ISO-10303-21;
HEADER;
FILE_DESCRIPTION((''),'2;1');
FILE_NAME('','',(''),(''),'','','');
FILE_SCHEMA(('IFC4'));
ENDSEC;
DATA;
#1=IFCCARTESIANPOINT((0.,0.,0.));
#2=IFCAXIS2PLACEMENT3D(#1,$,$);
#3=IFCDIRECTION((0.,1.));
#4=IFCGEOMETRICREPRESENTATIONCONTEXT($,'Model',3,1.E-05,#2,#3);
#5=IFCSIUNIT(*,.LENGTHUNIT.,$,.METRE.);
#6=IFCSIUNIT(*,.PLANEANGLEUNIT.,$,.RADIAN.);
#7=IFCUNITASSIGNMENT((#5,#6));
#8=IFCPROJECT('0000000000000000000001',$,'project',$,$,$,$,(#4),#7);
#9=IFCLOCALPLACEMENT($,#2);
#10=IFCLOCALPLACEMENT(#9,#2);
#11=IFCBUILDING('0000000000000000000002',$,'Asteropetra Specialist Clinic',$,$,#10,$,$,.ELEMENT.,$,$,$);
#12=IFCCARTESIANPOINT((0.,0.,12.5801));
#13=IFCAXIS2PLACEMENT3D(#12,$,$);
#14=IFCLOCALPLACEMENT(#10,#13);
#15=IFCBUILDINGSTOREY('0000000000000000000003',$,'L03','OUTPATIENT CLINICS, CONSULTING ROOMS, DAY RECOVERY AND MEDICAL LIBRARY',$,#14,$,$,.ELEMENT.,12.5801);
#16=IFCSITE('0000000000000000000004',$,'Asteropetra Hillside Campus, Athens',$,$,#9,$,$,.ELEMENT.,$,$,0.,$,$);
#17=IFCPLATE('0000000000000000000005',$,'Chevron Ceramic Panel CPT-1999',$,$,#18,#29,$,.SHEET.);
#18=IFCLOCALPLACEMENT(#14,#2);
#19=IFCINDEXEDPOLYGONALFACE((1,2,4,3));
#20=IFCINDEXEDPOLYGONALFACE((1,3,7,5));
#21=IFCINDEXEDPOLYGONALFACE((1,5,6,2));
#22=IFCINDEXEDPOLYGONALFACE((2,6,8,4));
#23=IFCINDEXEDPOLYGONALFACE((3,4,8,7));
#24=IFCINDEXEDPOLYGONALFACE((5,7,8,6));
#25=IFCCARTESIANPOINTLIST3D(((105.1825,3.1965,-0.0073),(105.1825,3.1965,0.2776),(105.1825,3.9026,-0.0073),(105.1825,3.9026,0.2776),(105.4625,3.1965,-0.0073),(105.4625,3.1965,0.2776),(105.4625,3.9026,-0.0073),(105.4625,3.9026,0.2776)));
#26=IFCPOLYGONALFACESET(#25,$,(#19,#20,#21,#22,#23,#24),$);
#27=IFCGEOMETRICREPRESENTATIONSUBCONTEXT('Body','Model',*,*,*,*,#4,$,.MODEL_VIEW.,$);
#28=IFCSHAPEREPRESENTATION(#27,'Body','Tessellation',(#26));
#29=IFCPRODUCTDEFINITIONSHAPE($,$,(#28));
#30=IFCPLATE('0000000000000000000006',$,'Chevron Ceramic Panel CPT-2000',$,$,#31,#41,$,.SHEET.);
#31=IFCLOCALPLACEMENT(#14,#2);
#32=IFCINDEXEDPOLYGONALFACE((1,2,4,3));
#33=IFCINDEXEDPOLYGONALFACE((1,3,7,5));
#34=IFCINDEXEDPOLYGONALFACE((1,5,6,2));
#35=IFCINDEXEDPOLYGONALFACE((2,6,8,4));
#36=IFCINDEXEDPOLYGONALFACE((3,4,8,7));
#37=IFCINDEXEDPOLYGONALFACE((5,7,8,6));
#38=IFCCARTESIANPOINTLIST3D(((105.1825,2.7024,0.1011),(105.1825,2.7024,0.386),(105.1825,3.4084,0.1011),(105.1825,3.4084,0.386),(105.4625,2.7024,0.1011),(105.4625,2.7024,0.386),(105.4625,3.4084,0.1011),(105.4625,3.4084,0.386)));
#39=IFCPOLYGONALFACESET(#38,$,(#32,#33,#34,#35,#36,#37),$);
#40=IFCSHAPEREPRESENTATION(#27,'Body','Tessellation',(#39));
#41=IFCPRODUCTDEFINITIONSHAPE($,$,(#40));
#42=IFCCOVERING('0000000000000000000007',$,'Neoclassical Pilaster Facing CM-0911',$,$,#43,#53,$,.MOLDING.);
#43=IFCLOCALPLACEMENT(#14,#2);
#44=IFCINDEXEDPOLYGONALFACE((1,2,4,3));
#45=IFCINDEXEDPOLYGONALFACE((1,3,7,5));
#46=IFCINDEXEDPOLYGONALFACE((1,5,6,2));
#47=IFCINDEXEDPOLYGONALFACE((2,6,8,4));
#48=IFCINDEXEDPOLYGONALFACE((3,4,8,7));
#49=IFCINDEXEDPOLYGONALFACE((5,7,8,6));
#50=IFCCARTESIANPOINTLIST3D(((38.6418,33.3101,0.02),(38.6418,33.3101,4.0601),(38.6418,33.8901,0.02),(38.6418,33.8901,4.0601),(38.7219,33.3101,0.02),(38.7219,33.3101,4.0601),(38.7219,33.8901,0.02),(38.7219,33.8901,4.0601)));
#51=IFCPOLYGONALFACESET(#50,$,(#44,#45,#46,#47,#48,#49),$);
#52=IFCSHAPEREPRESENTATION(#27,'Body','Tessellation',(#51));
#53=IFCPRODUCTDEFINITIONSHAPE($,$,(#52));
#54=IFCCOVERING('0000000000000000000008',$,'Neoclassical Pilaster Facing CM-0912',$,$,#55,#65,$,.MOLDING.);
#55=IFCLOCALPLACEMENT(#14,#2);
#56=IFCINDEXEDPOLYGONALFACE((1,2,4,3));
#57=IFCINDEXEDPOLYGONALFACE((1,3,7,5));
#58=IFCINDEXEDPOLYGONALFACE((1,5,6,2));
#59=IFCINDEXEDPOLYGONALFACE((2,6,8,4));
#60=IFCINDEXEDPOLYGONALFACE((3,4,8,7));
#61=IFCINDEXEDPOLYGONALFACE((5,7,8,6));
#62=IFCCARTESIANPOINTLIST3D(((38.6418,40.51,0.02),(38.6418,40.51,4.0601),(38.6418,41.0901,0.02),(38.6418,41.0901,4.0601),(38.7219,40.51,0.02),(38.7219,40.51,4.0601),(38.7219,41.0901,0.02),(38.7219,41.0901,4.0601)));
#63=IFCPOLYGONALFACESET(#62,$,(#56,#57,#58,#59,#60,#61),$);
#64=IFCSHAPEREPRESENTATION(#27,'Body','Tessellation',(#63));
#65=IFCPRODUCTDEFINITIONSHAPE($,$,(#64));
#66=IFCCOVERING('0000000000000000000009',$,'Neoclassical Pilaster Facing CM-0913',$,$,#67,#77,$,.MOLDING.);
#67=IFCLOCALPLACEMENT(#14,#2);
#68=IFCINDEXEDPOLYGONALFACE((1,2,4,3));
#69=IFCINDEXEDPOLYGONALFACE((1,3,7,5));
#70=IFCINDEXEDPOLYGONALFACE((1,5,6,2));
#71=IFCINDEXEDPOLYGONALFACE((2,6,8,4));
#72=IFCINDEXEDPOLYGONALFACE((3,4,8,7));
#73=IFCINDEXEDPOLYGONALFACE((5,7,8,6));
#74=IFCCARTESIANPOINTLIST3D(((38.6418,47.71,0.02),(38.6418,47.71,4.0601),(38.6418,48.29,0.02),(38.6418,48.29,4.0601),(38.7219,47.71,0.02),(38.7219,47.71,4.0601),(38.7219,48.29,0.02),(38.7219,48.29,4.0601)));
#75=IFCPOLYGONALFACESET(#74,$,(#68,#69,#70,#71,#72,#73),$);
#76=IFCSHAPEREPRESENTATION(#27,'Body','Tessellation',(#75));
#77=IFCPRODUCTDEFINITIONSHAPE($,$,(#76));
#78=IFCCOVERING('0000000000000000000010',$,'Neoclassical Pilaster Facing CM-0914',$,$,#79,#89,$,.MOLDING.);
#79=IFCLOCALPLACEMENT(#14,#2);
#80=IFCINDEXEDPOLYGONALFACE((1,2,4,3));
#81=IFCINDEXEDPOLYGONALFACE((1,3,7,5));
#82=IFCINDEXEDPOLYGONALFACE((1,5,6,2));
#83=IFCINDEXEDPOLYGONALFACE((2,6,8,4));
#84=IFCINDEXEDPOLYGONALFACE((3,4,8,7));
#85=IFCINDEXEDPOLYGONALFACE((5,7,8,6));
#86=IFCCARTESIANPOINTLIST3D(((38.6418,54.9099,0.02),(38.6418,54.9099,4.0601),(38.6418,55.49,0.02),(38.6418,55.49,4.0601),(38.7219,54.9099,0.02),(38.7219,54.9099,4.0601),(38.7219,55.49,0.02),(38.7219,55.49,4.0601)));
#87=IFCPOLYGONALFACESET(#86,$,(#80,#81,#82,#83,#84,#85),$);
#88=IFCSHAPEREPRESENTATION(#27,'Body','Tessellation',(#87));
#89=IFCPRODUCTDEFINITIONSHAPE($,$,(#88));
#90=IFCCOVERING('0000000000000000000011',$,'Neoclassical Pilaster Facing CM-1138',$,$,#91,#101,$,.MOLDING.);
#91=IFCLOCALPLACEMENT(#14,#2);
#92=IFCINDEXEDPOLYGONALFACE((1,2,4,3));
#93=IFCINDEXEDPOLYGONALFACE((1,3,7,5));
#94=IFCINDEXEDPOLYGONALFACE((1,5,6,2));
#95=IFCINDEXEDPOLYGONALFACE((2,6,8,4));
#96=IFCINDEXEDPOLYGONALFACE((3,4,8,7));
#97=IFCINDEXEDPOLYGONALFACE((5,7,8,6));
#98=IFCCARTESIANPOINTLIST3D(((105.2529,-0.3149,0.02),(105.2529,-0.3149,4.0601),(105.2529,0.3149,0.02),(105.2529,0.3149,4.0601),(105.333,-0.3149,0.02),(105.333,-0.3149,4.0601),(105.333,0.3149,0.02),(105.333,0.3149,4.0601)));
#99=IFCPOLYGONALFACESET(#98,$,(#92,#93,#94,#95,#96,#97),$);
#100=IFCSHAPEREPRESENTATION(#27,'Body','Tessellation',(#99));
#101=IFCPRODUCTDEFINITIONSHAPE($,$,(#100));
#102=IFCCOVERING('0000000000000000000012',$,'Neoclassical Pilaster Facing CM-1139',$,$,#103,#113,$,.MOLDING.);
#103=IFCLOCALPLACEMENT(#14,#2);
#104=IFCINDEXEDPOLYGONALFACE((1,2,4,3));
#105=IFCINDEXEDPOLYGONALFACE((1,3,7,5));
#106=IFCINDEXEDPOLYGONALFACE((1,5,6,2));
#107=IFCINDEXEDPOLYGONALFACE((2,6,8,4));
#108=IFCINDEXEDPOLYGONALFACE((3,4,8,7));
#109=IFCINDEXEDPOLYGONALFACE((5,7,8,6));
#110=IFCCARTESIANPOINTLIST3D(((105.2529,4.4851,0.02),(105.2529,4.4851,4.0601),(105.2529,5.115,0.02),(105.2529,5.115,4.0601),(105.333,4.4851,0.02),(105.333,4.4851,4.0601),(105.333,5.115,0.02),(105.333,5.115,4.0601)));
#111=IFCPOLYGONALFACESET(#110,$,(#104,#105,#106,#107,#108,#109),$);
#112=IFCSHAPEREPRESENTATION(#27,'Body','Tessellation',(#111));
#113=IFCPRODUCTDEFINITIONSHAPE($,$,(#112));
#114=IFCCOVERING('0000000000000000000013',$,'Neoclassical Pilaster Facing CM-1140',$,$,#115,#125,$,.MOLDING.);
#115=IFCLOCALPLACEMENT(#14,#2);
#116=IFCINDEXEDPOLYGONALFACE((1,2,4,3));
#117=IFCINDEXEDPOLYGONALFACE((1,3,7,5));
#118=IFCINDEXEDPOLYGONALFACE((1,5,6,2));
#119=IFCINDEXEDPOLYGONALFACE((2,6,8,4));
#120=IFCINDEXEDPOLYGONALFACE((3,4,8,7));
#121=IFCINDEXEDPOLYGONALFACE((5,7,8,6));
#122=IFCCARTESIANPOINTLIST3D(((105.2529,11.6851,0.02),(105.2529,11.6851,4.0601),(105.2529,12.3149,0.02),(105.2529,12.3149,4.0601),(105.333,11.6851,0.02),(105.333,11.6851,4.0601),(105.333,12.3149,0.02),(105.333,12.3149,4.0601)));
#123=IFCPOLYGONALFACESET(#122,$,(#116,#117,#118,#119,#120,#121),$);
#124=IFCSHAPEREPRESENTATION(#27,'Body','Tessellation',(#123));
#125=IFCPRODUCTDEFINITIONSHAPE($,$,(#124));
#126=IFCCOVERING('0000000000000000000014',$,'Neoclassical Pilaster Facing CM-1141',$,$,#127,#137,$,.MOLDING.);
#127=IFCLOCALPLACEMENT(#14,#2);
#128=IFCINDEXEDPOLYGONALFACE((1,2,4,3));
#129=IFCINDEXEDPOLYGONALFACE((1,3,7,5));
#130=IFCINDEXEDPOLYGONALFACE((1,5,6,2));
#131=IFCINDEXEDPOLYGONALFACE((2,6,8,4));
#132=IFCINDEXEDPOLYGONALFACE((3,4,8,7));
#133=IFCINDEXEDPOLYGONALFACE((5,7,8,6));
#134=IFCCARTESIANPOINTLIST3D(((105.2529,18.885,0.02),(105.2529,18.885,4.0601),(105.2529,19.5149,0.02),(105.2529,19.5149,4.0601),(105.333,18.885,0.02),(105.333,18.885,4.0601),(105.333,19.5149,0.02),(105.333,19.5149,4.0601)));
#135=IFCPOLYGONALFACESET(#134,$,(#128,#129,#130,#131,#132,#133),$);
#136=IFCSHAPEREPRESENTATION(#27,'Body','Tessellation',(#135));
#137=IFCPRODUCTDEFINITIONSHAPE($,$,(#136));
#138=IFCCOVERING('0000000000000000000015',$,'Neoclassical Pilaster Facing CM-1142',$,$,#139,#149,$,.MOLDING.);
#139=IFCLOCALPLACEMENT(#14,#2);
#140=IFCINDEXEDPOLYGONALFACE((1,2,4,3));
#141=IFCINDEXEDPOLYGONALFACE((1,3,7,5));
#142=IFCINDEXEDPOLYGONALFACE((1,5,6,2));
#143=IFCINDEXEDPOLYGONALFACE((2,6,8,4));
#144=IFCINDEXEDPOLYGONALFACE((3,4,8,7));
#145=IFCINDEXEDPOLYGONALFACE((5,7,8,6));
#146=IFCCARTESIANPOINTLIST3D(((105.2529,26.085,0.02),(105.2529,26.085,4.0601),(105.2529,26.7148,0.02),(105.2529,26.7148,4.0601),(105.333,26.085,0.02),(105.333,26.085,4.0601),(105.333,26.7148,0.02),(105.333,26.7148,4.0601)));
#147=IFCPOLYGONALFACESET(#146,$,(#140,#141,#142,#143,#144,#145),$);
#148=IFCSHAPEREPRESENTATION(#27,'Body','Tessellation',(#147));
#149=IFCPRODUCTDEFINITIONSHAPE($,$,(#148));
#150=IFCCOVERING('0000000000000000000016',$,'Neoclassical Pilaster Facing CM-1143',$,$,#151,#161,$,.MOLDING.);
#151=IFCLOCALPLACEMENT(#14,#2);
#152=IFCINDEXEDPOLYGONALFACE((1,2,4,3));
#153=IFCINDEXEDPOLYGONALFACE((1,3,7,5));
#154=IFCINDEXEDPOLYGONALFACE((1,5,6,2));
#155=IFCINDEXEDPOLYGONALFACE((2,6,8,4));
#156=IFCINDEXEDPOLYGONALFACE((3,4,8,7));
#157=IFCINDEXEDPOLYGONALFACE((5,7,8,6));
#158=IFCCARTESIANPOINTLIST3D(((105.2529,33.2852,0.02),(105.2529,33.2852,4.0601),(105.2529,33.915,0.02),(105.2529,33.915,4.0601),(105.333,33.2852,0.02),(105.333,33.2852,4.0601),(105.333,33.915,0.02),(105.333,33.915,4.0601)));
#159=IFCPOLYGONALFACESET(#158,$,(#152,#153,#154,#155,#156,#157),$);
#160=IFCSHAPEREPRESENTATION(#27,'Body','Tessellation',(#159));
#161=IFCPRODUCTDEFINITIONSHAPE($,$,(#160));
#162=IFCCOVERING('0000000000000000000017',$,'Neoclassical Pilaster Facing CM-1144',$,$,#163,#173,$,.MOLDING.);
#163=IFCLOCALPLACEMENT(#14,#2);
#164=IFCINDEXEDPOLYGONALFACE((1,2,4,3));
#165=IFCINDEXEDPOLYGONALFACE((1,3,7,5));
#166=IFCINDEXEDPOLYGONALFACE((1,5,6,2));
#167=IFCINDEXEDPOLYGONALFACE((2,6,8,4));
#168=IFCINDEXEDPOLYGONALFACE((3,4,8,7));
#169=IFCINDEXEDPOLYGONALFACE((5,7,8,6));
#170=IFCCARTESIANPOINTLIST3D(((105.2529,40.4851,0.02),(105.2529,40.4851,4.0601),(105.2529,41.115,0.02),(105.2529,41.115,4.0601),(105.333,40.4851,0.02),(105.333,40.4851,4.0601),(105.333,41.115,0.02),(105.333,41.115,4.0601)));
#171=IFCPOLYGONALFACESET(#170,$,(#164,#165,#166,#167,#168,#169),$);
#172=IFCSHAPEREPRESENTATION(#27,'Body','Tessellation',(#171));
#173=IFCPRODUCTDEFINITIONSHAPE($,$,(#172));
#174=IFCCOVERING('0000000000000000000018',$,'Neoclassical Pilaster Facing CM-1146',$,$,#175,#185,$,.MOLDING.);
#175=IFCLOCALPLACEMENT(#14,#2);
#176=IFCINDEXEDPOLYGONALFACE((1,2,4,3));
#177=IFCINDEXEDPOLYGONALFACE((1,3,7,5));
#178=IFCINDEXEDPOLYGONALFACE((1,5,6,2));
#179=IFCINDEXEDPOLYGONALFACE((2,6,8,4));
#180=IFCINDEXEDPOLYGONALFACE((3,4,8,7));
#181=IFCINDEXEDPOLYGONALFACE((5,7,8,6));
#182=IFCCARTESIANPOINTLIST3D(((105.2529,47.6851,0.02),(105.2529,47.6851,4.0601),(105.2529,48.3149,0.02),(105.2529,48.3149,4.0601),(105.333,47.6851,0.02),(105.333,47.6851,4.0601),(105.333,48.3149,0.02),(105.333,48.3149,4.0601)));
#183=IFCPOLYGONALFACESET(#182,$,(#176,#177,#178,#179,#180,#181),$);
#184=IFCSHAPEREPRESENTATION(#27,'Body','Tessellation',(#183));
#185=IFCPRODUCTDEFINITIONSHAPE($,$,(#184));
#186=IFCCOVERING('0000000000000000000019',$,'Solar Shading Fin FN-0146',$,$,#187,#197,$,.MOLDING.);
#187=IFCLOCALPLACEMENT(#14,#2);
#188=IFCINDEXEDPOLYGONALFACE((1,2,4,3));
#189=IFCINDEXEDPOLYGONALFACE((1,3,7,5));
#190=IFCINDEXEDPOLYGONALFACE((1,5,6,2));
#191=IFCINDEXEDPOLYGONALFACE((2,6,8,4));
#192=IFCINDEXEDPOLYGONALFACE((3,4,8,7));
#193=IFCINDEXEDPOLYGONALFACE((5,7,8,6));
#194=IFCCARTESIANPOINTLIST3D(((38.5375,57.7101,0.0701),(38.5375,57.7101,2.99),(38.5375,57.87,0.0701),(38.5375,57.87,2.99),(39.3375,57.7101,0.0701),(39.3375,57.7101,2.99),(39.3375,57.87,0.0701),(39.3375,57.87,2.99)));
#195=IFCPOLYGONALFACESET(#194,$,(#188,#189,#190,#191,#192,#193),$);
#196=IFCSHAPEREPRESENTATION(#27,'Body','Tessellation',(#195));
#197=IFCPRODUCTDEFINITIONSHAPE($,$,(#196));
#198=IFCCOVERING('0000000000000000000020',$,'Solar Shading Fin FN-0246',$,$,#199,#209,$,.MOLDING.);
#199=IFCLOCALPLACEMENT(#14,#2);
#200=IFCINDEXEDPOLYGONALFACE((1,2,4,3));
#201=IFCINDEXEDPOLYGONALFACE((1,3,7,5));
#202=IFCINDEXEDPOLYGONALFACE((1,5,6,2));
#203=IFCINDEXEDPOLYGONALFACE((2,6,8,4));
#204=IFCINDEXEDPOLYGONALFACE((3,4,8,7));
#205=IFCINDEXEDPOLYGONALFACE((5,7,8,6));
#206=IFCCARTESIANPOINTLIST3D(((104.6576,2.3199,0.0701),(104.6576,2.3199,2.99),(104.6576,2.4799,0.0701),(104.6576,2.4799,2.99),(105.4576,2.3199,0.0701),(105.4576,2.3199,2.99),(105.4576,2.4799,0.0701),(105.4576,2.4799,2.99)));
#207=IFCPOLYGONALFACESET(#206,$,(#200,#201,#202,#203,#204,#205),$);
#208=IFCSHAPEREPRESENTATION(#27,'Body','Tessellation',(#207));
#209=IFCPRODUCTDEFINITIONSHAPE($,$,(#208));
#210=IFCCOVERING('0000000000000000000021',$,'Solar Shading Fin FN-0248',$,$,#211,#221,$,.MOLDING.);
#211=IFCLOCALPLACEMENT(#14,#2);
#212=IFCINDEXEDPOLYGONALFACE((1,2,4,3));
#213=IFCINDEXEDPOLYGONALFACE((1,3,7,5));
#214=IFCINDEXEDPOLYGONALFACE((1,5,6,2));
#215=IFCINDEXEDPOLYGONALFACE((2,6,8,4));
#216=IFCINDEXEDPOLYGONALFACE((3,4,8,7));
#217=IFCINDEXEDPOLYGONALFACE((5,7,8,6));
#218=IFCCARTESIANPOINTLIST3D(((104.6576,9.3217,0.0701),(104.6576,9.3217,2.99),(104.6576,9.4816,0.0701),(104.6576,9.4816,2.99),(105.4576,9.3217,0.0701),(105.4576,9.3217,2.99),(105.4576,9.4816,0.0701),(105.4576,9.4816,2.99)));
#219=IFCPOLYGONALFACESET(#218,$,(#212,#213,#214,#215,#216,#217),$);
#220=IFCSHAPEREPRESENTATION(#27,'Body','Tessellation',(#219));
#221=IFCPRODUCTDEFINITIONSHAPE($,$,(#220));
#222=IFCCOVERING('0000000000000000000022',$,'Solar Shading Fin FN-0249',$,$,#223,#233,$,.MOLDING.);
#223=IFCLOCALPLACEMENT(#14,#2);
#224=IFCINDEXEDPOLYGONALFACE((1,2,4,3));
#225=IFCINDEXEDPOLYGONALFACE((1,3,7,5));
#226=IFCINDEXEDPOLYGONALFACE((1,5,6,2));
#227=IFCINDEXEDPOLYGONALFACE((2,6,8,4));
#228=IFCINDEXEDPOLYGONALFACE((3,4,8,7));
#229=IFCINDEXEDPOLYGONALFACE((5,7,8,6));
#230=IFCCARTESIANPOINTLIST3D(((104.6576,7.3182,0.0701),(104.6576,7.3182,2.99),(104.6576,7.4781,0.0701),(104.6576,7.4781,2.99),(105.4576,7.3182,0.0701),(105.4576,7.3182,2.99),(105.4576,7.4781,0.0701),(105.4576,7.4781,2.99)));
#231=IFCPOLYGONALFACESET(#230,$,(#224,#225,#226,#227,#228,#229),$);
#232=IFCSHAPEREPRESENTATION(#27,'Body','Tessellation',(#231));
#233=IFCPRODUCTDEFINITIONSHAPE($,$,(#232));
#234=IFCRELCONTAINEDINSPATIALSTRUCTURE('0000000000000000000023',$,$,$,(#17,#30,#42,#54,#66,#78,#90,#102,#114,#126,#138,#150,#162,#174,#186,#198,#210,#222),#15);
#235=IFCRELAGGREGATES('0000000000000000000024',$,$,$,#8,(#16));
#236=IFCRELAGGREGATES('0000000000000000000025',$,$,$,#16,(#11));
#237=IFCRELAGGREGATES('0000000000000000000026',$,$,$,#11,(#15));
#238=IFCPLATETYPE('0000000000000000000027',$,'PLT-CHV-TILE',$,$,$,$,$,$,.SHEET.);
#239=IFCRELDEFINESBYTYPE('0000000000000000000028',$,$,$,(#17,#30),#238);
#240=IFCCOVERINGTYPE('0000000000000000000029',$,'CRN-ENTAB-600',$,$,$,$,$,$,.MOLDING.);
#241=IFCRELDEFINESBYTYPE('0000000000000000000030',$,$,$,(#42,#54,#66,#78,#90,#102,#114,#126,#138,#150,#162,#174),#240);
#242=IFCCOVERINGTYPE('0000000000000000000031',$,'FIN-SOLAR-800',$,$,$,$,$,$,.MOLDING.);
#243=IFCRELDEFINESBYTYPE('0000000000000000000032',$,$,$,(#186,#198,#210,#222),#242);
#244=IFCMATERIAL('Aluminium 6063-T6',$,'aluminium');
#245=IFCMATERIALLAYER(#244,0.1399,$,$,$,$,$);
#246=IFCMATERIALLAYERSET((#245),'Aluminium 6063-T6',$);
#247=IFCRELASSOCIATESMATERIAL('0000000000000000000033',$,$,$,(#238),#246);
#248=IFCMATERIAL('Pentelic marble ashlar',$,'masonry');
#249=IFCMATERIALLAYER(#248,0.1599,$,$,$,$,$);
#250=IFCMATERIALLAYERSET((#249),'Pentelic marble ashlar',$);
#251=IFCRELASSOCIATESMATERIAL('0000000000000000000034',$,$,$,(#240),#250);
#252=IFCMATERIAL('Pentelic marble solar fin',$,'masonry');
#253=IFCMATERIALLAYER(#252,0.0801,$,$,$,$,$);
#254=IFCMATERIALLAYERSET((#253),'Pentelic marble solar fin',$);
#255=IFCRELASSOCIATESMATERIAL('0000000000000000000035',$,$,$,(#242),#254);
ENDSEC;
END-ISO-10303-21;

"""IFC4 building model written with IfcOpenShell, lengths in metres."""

from ifc_helpers import new_model, si_unit, direction, frame, origin, origin_2d, place, context, subcontext, project, spatial, rectangle, extrude, material, layer, layer_set, type_object, element, save


model = new_model("IFC4")

# Units and contexts
model_context = context("Model", 3, precision=1e-05, world=origin(), true_north=direction((0.0, 1.0)))
body_context = subcontext(model_context, "Body", "Model", "MODEL_VIEW")
ifc_project = project(units=[si_unit("LENGTHUNIT", "METRE"), si_unit("PLANEANGLEUNIT", "RADIAN")], contexts=[model_context])

# Site, building, storey
site_placement = place(None, origin())
site = spatial("IfcSite", under=ifc_project, at=site_placement, Name="Asteropetra Hillside Campus, Athens", CompositionType="ELEMENT", RefElevation=0.0)
building_placement = place(site_placement, origin())
building = spatial("IfcBuilding", under=site, at=building_placement, Name="Asteropetra Specialist Clinic", CompositionType="ELEMENT")
storey_placement = place(building_placement, frame((0.0, 0.0, 12.5801)))
storey = spatial("IfcBuildingStorey", under=building, at=storey_placement, Name="L03", Description="OUTPATIENT CLINICS, CONSULTING ROOMS, DAY RECOVERY AND MEDICAL LIBRARY", CompositionType="ELEMENT", Elevation=12.5801)

# Plates
ifc_material_1 = material(Name="Aluminium 6063-T6", Category="aluminium")
ifc_layer_1 = layer(ifc_material_1, 0.1399)
ifc_layer_set_1 = layer_set([ifc_layer_1], Name="Aluminium 6063-T6")
plate_type = type_object("IfcPlateType", Name="PLT-CHV-TILE", PredefinedType="SHEET", material=ifc_layer_set_1)
for number, where, z_axis, x_axis, name in (
    (1, (105.3225, 3.5496, -0.0073), (0.0, 0.0, 1.0), (1.0, 0.0, 0.0), "Chevron Ceramic Panel CPT-1999"),
    (2, (105.3225, 3.0554, 0.1011), (0.0, 0.0, 1.0), (1.0, 0.0, 0.0), "Chevron Ceramic Panel CPT-2000"),
):
    element("IfcPlate", number, at=place(storey_placement, frame(where, z_axis=z_axis, x_axis=x_axis)), inside=storey, type_object=plate_type, Name=name, PredefinedType="SHEET", context=body_context, shape_type="SweptSolid", body=[
        extrude(rectangle(XDim=0.28, YDim=0.7061, at=origin_2d()), origin(), (0.0, 0.0, 1.0), 0.2849),
    ])

# Coverings
ifc_material_2 = material(Name="Pentelic marble ashlar", Category="masonry")
ifc_layer_2 = layer(ifc_material_2, 0.1599)
ifc_layer_set_2 = layer_set([ifc_layer_2], Name="Pentelic marble ashlar")
covering_type_1 = type_object("IfcCoveringType", Name="CRN-ENTAB-600", PredefinedType="MOLDING", material=ifc_layer_set_2)
for number, where, z_axis, x_axis, name in (
    (3, (38.6819, 33.6001, 0.02), (0.0, 0.0, 1.0), (1.0, 0.0, 0.0), "Neoclassical Pilaster Facing CM-0911"),
    (4, (38.6819, 40.8, 0.02), (0.0, 0.0, 1.0), (1.0, 0.0, 0.0), "Neoclassical Pilaster Facing CM-0912"),
    (5, (38.6819, 48.0, 0.02), (0.0, 0.0, 1.0), (1.0, 0.0, 0.0), "Neoclassical Pilaster Facing CM-0913"),
    (6, (38.6819, 55.2, 0.02), (0.0, 0.0, 1.0), (1.0, 0.0, 0.0), "Neoclassical Pilaster Facing CM-0914"),
):
    element("IfcCovering", number, at=place(storey_placement, frame(where, z_axis=z_axis, x_axis=x_axis)), inside=storey, type_object=covering_type_1, Name=name, PredefinedType="MOLDING", context=body_context, shape_type="SweptSolid", body=[
        extrude(rectangle(XDim=0.0801, YDim=0.5801, at=origin_2d()), origin(), (0.0, 0.0, 1.0), 4.04),
    ])
for number, where, z_axis, x_axis, name in (
    (7, (105.293, 0.0, 0.02), (0.0, 0.0, 1.0), (1.0, 0.0, 0.0), "Neoclassical Pilaster Facing CM-1138"),
    (8, (105.293, 4.8, 0.02), (0.0, 0.0, 1.0), (1.0, 0.0, 0.0), "Neoclassical Pilaster Facing CM-1139"),
    (9, (105.293, 12.0, 0.02), (0.0, 0.0, 1.0), (1.0, 0.0, 0.0), "Neoclassical Pilaster Facing CM-1140"),
    (10, (105.293, 19.2, 0.02), (0.0, 0.0, 1.0), (1.0, 0.0, 0.0), "Neoclassical Pilaster Facing CM-1141"),
    (11, (105.293, 26.3999, 0.02), (0.0, 0.0, 1.0), (1.0, 0.0, 0.0), "Neoclassical Pilaster Facing CM-1142"),
    (12, (105.293, 33.6001, 0.02), (0.0, 0.0, 1.0), (1.0, 0.0, 0.0), "Neoclassical Pilaster Facing CM-1143"),
    (13, (105.293, 40.8, 0.02), (0.0, 0.0, 1.0), (1.0, 0.0, 0.0), "Neoclassical Pilaster Facing CM-1144"),
    (14, (105.293, 48.0, 0.02), (0.0, 0.0, 1.0), (1.0, 0.0, 0.0), "Neoclassical Pilaster Facing CM-1146"),
):
    element("IfcCovering", number, at=place(storey_placement, frame(where, z_axis=z_axis, x_axis=x_axis)), inside=storey, type_object=covering_type_1, Name=name, PredefinedType="MOLDING", context=body_context, shape_type="SweptSolid", body=[
        extrude(rectangle(XDim=0.0801, YDim=0.6299, at=origin_2d()), origin(), (0.0, 0.0, 1.0), 4.04),
    ])
ifc_material_3 = material(Name="Pentelic marble solar fin", Category="masonry")
ifc_layer_3 = layer(ifc_material_3, 0.0801)
ifc_layer_set_3 = layer_set([ifc_layer_3], Name="Pentelic marble solar fin")
covering_type_2 = type_object("IfcCoveringType", Name="FIN-SOLAR-800", PredefinedType="MOLDING", material=ifc_layer_set_3)
for number, where, z_axis, x_axis, name in (
    (15, (38.9375, 57.79, 0.0701), (0.0, 0.0, 1.0), (1.0, 0.0, 0.0), "Solar Shading Fin FN-0146"),
    (16, (105.0576, 2.3999, 0.0701), (0.0, 0.0, 1.0), (1.0, 0.0, 0.0), "Solar Shading Fin FN-0246"),
    (17, (105.0576, 9.4016, 0.0701), (0.0, 0.0, 1.0), (1.0, 0.0, 0.0), "Solar Shading Fin FN-0248"),
    (18, (105.0576, 7.3982, 0.0701), (0.0, 0.0, 1.0), (1.0, 0.0, 0.0), "Solar Shading Fin FN-0249"),
):
    element("IfcCovering", number, at=place(storey_placement, frame(where, z_axis=z_axis, x_axis=x_axis)), inside=storey, type_object=covering_type_2, Name=name, PredefinedType="MOLDING", context=body_context, shape_type="SweptSolid", body=[
        extrude(rectangle(XDim=0.8, YDim=0.1599, at=origin_2d()), origin(), (0.0, 0.0, 1.0), 2.9199),
    ])

save(model, "model.ifc")
